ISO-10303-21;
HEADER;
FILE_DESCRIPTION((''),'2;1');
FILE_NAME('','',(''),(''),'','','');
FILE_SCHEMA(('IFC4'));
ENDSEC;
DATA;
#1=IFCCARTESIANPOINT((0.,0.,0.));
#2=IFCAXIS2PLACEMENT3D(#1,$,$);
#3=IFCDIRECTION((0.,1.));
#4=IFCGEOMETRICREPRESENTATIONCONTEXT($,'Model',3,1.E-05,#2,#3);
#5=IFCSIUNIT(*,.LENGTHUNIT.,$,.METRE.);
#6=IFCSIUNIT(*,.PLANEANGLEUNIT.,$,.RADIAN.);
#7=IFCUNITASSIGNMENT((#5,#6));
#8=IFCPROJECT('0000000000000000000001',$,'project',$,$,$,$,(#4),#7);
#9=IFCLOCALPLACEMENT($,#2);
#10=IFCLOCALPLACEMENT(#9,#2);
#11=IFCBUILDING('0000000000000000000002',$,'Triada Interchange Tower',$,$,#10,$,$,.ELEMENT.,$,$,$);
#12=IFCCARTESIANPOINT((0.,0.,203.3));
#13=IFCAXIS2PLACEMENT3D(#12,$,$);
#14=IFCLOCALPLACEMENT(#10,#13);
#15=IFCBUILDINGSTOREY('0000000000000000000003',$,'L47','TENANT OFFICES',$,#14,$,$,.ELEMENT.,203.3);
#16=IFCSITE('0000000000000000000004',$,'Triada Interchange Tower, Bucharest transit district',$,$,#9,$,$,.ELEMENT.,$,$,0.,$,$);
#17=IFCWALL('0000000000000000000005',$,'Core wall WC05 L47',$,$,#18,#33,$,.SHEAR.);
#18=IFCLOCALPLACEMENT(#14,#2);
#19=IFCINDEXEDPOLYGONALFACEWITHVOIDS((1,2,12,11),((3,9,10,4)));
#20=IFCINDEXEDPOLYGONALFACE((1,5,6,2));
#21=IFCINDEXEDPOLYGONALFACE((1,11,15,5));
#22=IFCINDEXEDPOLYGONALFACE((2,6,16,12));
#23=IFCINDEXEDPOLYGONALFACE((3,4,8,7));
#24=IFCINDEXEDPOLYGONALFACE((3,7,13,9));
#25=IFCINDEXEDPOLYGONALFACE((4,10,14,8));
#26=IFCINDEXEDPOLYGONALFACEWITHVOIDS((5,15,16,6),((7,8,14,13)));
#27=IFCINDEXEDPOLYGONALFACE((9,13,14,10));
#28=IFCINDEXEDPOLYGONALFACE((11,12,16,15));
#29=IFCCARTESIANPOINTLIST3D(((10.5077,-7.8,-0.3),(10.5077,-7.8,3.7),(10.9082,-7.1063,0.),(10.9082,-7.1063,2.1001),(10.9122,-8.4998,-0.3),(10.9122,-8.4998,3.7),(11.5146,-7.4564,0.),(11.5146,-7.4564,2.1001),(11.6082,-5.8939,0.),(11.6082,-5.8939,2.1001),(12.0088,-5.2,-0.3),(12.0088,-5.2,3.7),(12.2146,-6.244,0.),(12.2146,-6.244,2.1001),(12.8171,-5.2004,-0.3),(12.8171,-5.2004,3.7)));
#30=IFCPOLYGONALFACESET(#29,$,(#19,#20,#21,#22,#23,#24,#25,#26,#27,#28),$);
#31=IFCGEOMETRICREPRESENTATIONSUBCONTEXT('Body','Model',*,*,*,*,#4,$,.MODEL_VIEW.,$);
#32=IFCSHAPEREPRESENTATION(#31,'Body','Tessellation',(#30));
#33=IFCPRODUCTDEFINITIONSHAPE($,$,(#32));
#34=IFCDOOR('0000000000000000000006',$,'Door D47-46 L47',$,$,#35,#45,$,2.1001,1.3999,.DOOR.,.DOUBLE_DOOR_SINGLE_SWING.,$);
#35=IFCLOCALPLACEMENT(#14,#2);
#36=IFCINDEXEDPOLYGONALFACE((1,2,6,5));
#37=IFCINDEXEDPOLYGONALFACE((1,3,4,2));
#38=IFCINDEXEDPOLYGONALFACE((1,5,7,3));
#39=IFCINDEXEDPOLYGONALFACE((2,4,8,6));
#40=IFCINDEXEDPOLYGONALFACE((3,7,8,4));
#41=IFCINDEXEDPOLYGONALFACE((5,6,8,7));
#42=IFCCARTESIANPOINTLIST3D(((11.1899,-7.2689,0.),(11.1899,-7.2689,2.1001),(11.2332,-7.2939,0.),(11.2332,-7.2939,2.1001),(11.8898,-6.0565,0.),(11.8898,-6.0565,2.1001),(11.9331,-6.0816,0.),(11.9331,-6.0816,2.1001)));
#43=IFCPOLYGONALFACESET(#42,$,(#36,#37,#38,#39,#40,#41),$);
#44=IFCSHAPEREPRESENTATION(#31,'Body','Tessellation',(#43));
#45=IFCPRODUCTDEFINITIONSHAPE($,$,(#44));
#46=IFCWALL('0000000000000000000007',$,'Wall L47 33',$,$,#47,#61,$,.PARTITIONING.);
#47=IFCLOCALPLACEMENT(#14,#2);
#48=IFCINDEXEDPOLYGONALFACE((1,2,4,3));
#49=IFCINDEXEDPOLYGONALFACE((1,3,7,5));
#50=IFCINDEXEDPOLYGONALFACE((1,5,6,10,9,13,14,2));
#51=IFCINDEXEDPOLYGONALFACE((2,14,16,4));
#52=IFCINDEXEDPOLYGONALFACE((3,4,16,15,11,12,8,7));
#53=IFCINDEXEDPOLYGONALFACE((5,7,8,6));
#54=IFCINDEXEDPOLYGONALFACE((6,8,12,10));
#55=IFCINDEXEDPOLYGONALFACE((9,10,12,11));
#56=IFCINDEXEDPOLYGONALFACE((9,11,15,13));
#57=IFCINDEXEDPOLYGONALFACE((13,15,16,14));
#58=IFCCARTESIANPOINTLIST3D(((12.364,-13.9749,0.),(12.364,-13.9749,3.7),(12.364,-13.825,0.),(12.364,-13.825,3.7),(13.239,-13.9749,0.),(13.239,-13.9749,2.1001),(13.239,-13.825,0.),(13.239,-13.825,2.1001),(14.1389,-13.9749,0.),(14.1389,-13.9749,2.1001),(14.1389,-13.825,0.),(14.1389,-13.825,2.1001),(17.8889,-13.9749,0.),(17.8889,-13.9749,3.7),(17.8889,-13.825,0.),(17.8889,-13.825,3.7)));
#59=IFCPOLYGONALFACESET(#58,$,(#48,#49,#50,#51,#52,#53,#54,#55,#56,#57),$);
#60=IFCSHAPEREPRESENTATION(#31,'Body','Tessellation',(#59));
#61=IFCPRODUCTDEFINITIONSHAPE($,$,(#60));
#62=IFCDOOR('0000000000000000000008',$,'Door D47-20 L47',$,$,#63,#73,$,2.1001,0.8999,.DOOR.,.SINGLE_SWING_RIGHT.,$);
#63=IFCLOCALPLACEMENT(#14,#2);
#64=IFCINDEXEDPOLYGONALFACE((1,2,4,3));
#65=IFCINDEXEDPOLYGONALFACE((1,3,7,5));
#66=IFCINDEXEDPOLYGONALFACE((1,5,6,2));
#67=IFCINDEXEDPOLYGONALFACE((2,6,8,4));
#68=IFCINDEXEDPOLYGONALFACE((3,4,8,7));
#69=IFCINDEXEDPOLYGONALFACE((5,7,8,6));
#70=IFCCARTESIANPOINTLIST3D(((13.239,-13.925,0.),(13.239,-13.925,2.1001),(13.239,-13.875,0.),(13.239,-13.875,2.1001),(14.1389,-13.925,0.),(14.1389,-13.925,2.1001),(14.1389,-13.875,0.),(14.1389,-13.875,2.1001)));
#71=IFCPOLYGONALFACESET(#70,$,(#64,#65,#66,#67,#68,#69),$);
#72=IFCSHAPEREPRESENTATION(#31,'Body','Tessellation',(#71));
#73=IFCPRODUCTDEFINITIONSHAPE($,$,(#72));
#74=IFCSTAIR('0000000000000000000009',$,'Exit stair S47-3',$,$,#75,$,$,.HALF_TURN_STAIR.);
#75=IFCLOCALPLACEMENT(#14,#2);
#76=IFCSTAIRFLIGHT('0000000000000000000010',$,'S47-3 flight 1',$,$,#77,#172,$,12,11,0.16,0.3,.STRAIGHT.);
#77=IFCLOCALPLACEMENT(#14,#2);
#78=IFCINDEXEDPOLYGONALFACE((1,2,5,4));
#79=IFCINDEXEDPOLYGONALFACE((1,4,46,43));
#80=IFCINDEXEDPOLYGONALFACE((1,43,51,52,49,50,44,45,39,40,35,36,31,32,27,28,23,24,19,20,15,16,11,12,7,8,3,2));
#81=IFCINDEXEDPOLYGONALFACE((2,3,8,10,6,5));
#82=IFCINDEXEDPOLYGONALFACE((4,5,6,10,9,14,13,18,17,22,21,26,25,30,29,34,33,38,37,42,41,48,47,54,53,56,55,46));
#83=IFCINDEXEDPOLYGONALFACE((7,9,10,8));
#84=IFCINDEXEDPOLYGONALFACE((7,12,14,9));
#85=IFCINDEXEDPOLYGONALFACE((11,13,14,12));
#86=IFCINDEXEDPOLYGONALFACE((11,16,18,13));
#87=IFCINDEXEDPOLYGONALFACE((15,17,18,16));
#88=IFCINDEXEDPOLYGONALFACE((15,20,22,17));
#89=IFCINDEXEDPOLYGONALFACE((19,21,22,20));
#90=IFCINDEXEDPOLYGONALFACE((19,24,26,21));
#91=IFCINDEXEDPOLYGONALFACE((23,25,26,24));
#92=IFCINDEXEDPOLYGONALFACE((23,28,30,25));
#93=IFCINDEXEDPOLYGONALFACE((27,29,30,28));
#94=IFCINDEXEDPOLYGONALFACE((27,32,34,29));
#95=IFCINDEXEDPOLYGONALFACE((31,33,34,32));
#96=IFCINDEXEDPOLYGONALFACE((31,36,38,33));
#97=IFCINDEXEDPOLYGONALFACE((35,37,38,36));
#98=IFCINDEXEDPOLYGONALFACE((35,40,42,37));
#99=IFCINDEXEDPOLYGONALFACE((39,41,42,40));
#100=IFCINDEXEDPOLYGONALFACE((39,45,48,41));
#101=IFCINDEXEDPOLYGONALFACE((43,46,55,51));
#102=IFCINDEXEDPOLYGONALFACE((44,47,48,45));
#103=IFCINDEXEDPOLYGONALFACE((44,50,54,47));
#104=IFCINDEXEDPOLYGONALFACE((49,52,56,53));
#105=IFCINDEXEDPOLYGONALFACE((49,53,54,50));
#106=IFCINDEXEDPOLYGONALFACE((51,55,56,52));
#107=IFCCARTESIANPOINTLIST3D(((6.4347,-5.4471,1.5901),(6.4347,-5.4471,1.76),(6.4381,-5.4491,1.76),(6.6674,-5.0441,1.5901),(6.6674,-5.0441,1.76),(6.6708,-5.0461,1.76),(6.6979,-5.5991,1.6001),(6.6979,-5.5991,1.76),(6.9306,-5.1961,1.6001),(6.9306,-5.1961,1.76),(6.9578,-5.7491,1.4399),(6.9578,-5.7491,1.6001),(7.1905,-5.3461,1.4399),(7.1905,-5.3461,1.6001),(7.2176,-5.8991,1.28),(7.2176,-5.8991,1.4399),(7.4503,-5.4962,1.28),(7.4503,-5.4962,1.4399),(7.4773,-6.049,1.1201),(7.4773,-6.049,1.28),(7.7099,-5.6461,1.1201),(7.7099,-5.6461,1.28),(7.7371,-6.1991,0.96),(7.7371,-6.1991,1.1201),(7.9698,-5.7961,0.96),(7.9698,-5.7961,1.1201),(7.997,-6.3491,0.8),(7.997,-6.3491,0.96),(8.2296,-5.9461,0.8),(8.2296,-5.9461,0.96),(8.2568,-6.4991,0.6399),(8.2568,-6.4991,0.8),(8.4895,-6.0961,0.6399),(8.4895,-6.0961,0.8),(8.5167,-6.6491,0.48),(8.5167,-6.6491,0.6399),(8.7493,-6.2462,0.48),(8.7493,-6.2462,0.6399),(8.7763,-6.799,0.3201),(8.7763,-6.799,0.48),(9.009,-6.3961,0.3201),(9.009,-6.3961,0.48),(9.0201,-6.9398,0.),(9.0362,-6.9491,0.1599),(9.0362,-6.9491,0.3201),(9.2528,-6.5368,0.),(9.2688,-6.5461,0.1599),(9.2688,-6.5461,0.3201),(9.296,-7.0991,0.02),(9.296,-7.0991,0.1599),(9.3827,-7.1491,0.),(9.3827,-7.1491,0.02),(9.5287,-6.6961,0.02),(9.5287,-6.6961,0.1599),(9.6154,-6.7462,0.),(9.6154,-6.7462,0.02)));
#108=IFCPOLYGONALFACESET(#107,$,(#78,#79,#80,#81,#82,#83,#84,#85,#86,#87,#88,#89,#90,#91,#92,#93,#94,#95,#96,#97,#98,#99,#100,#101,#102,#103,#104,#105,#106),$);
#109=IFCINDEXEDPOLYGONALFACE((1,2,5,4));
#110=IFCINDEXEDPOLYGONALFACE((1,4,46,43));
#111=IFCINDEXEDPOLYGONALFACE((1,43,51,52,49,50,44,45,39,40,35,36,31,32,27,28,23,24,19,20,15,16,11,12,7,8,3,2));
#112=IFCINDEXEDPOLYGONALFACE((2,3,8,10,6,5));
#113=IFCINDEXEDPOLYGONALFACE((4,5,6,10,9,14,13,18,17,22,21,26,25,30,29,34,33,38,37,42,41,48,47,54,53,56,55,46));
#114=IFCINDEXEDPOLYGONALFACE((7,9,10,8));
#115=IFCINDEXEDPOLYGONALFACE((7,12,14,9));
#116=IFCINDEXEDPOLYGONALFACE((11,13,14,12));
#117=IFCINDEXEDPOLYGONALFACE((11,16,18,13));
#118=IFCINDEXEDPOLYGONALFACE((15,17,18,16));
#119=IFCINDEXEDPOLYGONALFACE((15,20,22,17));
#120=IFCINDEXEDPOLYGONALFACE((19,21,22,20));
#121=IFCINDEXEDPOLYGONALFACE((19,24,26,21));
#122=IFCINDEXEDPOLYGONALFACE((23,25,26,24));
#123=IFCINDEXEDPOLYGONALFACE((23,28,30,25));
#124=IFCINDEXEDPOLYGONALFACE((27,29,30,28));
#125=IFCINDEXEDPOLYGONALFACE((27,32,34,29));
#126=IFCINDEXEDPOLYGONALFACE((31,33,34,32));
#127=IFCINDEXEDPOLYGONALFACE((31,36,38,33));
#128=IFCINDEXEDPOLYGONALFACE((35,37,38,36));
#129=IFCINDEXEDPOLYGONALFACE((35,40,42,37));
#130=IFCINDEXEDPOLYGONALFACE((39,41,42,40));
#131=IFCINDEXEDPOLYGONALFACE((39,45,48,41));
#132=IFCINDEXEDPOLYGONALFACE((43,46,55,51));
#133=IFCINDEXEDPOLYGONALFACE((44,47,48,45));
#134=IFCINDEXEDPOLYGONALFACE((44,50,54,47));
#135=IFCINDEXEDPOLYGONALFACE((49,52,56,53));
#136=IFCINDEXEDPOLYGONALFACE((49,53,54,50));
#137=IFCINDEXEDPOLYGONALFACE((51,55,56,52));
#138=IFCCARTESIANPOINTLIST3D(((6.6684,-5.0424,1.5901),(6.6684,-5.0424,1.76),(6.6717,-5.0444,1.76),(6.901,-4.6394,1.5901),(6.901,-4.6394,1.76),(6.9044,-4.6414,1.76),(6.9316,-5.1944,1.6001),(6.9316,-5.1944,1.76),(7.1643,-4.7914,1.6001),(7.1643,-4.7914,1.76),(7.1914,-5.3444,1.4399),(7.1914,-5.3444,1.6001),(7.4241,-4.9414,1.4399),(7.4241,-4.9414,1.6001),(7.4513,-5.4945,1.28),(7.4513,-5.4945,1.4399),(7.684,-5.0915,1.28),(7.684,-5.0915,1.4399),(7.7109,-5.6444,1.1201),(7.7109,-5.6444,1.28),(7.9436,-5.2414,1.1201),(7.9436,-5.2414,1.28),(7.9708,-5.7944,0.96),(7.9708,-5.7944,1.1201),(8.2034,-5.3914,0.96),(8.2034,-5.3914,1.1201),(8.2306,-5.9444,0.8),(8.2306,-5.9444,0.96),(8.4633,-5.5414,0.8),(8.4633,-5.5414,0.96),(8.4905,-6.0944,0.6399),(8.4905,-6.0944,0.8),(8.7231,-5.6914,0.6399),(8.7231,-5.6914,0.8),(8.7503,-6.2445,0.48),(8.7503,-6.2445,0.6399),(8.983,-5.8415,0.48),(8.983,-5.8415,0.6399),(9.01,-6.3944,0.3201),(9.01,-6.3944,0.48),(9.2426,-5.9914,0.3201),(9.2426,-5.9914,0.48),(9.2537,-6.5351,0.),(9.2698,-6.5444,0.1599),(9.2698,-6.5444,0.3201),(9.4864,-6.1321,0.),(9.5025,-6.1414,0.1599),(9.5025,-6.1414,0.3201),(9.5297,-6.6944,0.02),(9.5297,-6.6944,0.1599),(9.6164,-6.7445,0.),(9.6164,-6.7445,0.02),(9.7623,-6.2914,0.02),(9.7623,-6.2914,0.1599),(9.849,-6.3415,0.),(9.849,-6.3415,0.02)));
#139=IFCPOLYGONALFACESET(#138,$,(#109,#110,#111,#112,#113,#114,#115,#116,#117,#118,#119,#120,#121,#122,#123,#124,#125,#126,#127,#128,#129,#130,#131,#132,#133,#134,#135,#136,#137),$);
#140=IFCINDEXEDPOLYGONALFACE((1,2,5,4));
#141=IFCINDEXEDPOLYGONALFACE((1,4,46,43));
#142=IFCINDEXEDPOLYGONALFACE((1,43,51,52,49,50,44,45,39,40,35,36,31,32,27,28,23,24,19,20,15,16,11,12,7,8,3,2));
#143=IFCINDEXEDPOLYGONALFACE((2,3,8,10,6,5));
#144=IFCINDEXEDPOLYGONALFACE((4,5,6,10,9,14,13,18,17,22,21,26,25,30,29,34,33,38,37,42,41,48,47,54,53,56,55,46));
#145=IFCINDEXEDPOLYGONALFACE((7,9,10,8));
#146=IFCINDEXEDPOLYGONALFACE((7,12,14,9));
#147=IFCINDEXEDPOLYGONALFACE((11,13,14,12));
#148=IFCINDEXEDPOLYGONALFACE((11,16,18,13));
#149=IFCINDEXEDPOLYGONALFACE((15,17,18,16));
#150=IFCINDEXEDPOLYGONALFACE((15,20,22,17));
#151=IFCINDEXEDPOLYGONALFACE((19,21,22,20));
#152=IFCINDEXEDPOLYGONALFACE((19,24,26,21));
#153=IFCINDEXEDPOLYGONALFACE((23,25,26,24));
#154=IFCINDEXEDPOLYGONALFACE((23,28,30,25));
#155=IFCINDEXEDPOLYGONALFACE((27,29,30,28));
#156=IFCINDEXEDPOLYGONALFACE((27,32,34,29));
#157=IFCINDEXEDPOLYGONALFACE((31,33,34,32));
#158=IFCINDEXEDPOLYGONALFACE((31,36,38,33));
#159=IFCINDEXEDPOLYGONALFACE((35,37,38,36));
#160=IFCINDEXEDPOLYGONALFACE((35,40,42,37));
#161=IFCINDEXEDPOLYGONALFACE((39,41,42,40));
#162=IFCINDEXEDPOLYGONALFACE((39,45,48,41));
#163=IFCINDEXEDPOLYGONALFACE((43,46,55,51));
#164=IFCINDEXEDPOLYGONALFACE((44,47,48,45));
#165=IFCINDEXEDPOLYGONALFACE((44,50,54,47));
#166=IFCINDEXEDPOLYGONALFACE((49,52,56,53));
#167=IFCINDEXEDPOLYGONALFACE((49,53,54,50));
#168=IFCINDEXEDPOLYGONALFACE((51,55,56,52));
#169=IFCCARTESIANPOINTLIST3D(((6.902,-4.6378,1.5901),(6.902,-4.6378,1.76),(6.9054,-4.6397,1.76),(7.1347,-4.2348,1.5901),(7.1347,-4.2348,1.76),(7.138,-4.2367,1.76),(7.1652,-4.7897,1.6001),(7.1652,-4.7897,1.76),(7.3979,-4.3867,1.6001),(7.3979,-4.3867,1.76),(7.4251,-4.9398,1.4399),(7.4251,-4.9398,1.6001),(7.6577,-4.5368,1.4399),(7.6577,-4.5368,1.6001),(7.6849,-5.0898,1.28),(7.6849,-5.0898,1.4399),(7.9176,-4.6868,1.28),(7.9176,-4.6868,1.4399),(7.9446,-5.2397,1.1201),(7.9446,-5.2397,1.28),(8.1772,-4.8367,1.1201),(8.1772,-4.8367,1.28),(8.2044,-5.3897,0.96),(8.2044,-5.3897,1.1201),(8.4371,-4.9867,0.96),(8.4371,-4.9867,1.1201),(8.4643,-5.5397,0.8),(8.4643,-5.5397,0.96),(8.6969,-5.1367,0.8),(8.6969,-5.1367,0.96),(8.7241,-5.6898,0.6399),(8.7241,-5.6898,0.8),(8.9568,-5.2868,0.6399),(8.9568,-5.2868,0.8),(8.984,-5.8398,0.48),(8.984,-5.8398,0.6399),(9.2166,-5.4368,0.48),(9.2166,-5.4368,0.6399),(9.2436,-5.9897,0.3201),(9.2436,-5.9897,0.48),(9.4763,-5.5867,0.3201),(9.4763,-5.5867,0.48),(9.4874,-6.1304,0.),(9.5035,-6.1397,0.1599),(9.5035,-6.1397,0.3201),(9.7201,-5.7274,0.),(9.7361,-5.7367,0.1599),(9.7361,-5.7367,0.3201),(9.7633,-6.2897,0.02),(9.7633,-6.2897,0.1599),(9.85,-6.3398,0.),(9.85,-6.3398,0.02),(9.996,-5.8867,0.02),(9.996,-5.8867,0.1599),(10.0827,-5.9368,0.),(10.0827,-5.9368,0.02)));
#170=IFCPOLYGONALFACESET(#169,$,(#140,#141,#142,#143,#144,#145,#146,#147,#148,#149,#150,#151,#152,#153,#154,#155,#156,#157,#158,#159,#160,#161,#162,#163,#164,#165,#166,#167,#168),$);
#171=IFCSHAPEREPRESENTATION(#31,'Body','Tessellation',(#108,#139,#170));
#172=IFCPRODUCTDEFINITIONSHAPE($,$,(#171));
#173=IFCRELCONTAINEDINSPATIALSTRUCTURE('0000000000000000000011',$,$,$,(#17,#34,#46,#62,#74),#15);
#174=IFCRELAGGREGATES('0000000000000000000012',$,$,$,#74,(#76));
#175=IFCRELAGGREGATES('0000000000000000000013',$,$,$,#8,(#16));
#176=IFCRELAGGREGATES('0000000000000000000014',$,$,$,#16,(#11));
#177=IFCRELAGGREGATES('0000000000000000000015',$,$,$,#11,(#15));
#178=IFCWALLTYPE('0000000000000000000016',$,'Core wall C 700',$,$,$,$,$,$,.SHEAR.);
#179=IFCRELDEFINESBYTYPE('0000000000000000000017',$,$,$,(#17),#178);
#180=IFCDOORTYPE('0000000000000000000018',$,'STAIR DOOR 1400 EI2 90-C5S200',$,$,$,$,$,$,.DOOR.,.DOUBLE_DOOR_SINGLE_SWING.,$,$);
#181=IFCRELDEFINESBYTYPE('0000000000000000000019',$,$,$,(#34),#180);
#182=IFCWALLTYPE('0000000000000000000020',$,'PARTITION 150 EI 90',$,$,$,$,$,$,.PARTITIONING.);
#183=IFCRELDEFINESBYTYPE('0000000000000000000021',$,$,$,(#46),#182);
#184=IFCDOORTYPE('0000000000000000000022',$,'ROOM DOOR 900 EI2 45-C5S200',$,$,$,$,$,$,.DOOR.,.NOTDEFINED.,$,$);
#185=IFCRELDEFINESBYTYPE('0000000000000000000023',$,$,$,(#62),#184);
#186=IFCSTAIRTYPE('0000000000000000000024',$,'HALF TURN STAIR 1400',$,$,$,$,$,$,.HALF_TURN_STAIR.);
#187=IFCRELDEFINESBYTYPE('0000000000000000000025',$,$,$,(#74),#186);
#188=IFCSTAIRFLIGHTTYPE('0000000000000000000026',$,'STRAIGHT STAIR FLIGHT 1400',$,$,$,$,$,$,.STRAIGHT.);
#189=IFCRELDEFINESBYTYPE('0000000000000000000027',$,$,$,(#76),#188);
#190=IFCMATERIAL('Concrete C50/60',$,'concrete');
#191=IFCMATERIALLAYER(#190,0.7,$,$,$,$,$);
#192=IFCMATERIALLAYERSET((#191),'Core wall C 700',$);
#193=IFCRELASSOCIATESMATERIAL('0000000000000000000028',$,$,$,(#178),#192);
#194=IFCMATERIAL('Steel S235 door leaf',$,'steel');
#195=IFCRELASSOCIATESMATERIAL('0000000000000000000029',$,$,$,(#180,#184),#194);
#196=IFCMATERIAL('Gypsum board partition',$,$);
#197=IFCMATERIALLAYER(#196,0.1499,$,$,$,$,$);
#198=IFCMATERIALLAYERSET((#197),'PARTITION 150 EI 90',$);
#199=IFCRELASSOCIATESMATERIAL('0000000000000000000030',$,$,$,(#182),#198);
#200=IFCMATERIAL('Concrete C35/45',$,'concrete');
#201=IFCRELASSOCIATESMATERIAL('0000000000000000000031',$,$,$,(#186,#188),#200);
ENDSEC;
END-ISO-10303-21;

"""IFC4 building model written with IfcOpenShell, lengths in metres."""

from ifc_helpers import new_model, si_unit, direction, frame, frame_2d, origin, place, context, subcontext, project, spatial, polyline, rectangle, outline, extrude, material, layer, layer_set, type_object, element, fill, aggregate, save


model = new_model("IFC4")

# Units and contexts
model_context = context("Model", 3, precision=1e-05, world=origin(), true_north=direction((0.0, 1.0)))
body_context = subcontext(model_context, "Body", "Model", "MODEL_VIEW")
ifc_project = project(units=[si_unit("LENGTHUNIT", "METRE"), si_unit("PLANEANGLEUNIT", "RADIAN")], contexts=[model_context])

# Site, building, storey
site_placement = place(None, origin())
site = spatial("IfcSite", under=ifc_project, at=site_placement, Name="Triada Interchange Tower, Bucharest transit district", CompositionType="ELEMENT", RefElevation=0.0)
building_placement = place(site_placement, origin())
building = spatial("IfcBuilding", under=site, at=building_placement, Name="Triada Interchange Tower", CompositionType="ELEMENT")
storey_placement = place(building_placement, frame((0.0, 0.0, 203.3)))
storey = spatial("IfcBuildingStorey", under=building, at=storey_placement, Name="L47", Description="TENANT OFFICES", CompositionType="ELEMENT", Elevation=203.3)

# Shared definitions
ifc_material_1 = material(Name="Steel S235 door leaf", Category="steel")

# Wall, opening, door
ifc_material_2 = material(Name="Concrete C50/60", Category="concrete")
ifc_layer_1 = layer(ifc_material_2, 0.7)
ifc_layer_set_1 = layer_set([ifc_layer_1], Name="Core wall C 700")
wall_type_1 = type_object("IfcWallType", Name="Core wall C 700", PredefinedType="SHEAR", material=ifc_layer_set_1)
wall_1_placement = place(storey_placement, frame((10.71, -8.1499, -0.3), z_axis=(0.0, 0.0, 1.0), x_axis=(0.499993, 0.866029, 0.0)))
wall_1 = element("IfcWall", 1, at=wall_1_placement, inside=storey, type_object=wall_type_1, Name="Core wall WC05 L47", PredefinedType="SHEAR", context=body_context, shape_type="SweptSolid", body=[
    extrude(outline(polyline([(-0.2019, -0.3501), (1.7031, -0.3501), (3.6079, -0.3501), (3.2041, 0.3501), (1.7031, 0.3501), (0.2019, 0.3501), (-0.2019, -0.3501)])), origin(), (0.0, 0.0, 1.0), 4.0),
])
opening_1_placement = place(wall_1_placement, frame((1.0029, 0.0, 0.3)))
opening_1 = element("IfcOpeningElement", 2, at=opening_1_placement, cuts=wall_1, PredefinedType="OPENING", context=body_context, shape_type="SweptSolid", body=[
    extrude(rectangle(XDim=1.3999, YDim=2.1001, at=frame_2d((0.7, 1.05))), frame((0.0, 0.3601, 0.0), z_axis=(0.0, -1.0, 0.0), x_axis=(1.0, 0.0, 0.0)), (0.0, 0.0, 1.0), 0.7202),
])
door_type_1 = type_object("IfcDoorType", Name="STAIR DOOR 1400 EI2 90-C5S200", OperationType="DOUBLE_DOOR_SINGLE_SWING", PredefinedType="DOOR", material=ifc_material_1)
door_1_placement = place(opening_1_placement, origin())
door_1 = element("IfcDoor", 3, at=door_1_placement, inside=storey, type_object=door_type_1, Name="Door D47-46 L47", OperationType="DOUBLE_DOOR_SINGLE_SWING", OverallHeight=2.1001, OverallWidth=1.3999, PredefinedType="DOOR", context=body_context, shape_type="SweptSolid", body=[
    extrude(rectangle(XDim=1.3999, YDim=2.1001, at=frame_2d((0.7, 1.05))), frame((0.0, 0.0249, 0.0), z_axis=(0.0, -1.0, 0.0), x_axis=(1.0, 0.0, 0.0)), (0.0, 0.0, 1.0), 0.05),
])
fill(opening_1, door_1)

# Wall, opening, door
ifc_material_3 = material(Name="Gypsum board partition")
ifc_layer_2 = layer(ifc_material_3, 0.1499)
ifc_layer_set_2 = layer_set([ifc_layer_2], Name="PARTITION 150 EI 90")
wall_type_2 = type_object("IfcWallType", Name="PARTITION 150 EI 90", PredefinedType="PARTITIONING", material=ifc_layer_set_2)
wall_2_placement = place(storey_placement, frame((12.364, -13.8999, 0.0), z_axis=(0.0, 0.0, 1.0), x_axis=(1.0, 0.0, 0.0)))
wall_2 = element("IfcWall", 4, at=wall_2_placement, inside=storey, type_object=wall_type_2, Name="Wall L47 33", PredefinedType="PARTITIONING", context=body_context, shape_type="SweptSolid", body=[
    extrude(rectangle(XDim=5.5249, YDim=0.1499, at=frame_2d((2.7625, 0.0))), origin(), (0.0, 0.0, 1.0), 3.7),
])
opening_2_placement = place(wall_2_placement, frame((0.875, 0.0, 0.0)))
opening_2 = element("IfcOpeningElement", 5, at=opening_2_placement, cuts=wall_2, PredefinedType="OPENING", context=body_context, shape_type="SweptSolid", body=[
    extrude(rectangle(XDim=0.8999, YDim=2.1001, at=frame_2d((0.45, 1.05))), frame((0.0, 0.085, 0.0), z_axis=(0.0, -1.0, 0.0), x_axis=(1.0, 0.0, 0.0)), (0.0, 0.0, 1.0), 0.1699),
])
door_type_2 = type_object("IfcDoorType", Name="ROOM DOOR 900 EI2 45-C5S200", OperationType="NOTDEFINED", PredefinedType="DOOR", material=ifc_material_1)
door_2_placement = place(opening_2_placement, origin())
door_2 = element("IfcDoor", 6, at=door_2_placement, inside=storey, type_object=door_type_2, Name="Door D47-20 L47", OperationType="SINGLE_SWING_RIGHT", OverallHeight=2.1001, OverallWidth=0.8999, PredefinedType="DOOR", context=body_context, shape_type="SweptSolid", body=[
    extrude(rectangle(XDim=0.8999, YDim=2.1001, at=frame_2d((0.45, 1.05))), frame((0.0, 0.0249, 0.0), z_axis=(0.0, -1.0, 0.0), x_axis=(1.0, 0.0, 0.0)), (0.0, 0.0, 1.0), 0.05),
])
fill(opening_2, door_2)

# Stair, stair flight
ifc_material_4 = material(Name="Concrete C35/45", Category="concrete")
stair_type = type_object("IfcStairType", Name="HALF TURN STAIR 1400", PredefinedType="HALF_TURN_STAIR", material=ifc_material_4)
stair_placement = place(storey_placement, origin())
stair = element("IfcStair", 7, at=stair_placement, inside=storey, type_object=stair_type, Name="Exit stair S47-3", PredefinedType="HALF_TURN_STAIR")
stair_flight_type = type_object("IfcStairFlightType", Name="STRAIGHT STAIR FLIGHT 1400", PredefinedType="STRAIGHT", material=ifc_material_4)
stair_flight_1_placement = place(storey_placement, frame((9.646, -6.4929, 0.0), z_axis=(0.0, 0.0, 1.0), x_axis=(-0.866025, 0.5, 0.0)))
stair_flight_1 = element("IfcStairFlight", 8, at=stair_flight_1_placement, type_object=stair_flight_type, Name="S47-3 flight 1", NumberOfRisers=12, NumberOfTreads=11, PredefinedType="STRAIGHT", RiserHeight=0.16, TreadLength=0.3, context=body_context, shape_type="SweptSolid", body=[
    extrude(outline(polyline([(-0.1001, 0.0), (-0.1001, 0.02), (0.0, 0.02), (0.0, 0.1599), (0.3, 0.1599), (0.3, 0.3201), (0.6001, 0.3201), (0.6001, 0.48), (0.8999, 0.48), (0.8999, 0.6399), (1.2, 0.6399), (1.2, 0.8), (1.5, 0.8), (1.5, 0.96), (1.8, 0.96), (1.8, 1.1201), (2.1001, 1.1201), (2.1001, 1.28), (2.3999, 1.28), (2.3999, 1.4399), (2.7, 1.4399), (2.7, 1.6001), (3.0, 1.6001), (3.0, 1.76), (3.3, 1.76), (3.304, 1.76), (3.304, 1.9199), (3.304, 1.5901), (0.3186, 0.0), (-0.1001, 0.0)])), frame((0.0, 0.7, 0.0), z_axis=(0.0, -1.0, 0.0), x_axis=(1.0, 0.0, 0.0)), (0.0, 0.0, 1.0), 0.4653),
    extrude(outline(polyline([(-0.1001, 0.0), (-0.1001, 0.02), (0.0, 0.02), (0.0, 0.1599), (0.3, 0.1599), (0.3, 0.3201), (0.6001, 0.3201), (0.6001, 0.48), (0.8999, 0.48), (0.8999, 0.6399), (1.2, 0.6399), (1.2, 0.8), (1.5, 0.8), (1.5, 0.96), (1.8, 0.96), (1.8, 1.1201), (2.1001, 1.1201), (2.1001, 1.28), (2.3999, 1.28), (2.3999, 1.4399), (2.7, 1.4399), (2.7, 1.6001), (3.0, 1.6001), (3.0, 1.76), (3.3, 1.76), (3.304, 1.76), (3.304, 1.9199), (3.304, 1.5901), (0.3186, 0.0), (-0.1001, 0.0)])), frame((0.0, 0.2327, 0.0), z_axis=(0.0, -1.0, 0.0), x_axis=(1.0, 0.0, 0.0)), (0.0, 0.0, 1.0), 0.4653),
    extrude(outline(polyline([(-0.1001, 0.0), (-0.1001, 0.02), (0.0, 0.02), (0.0, 0.1599), (0.3, 0.1599), (0.3, 0.3201), (0.6001, 0.3201), (0.6001, 0.48), (0.8999, 0.48), (0.8999, 0.6399), (1.2, 0.6399), (1.2, 0.8), (1.5, 0.8), (1.5, 0.96), (1.8, 0.96), (1.8, 1.1201), (2.1001, 1.1201), (2.1001, 1.28), (2.3999, 1.28), (2.3999, 1.4399), (2.7, 1.4399), (2.7, 1.6001), (3.0, 1.6001), (3.0, 1.76), (3.3, 1.76), (3.304, 1.76), (3.304, 1.9199), (3.304, 1.5901), (0.3186, 0.0), (-0.1001, 0.0)])), frame((0.0, -0.2346, 0.0), z_axis=(0.0, -1.0, 0.0), x_axis=(1.0, 0.0, 0.0)), (0.0, 0.0, 1.0), 0.4653),
])
aggregate(stair, [stair_flight_1])

save(model, "model.ifc")
